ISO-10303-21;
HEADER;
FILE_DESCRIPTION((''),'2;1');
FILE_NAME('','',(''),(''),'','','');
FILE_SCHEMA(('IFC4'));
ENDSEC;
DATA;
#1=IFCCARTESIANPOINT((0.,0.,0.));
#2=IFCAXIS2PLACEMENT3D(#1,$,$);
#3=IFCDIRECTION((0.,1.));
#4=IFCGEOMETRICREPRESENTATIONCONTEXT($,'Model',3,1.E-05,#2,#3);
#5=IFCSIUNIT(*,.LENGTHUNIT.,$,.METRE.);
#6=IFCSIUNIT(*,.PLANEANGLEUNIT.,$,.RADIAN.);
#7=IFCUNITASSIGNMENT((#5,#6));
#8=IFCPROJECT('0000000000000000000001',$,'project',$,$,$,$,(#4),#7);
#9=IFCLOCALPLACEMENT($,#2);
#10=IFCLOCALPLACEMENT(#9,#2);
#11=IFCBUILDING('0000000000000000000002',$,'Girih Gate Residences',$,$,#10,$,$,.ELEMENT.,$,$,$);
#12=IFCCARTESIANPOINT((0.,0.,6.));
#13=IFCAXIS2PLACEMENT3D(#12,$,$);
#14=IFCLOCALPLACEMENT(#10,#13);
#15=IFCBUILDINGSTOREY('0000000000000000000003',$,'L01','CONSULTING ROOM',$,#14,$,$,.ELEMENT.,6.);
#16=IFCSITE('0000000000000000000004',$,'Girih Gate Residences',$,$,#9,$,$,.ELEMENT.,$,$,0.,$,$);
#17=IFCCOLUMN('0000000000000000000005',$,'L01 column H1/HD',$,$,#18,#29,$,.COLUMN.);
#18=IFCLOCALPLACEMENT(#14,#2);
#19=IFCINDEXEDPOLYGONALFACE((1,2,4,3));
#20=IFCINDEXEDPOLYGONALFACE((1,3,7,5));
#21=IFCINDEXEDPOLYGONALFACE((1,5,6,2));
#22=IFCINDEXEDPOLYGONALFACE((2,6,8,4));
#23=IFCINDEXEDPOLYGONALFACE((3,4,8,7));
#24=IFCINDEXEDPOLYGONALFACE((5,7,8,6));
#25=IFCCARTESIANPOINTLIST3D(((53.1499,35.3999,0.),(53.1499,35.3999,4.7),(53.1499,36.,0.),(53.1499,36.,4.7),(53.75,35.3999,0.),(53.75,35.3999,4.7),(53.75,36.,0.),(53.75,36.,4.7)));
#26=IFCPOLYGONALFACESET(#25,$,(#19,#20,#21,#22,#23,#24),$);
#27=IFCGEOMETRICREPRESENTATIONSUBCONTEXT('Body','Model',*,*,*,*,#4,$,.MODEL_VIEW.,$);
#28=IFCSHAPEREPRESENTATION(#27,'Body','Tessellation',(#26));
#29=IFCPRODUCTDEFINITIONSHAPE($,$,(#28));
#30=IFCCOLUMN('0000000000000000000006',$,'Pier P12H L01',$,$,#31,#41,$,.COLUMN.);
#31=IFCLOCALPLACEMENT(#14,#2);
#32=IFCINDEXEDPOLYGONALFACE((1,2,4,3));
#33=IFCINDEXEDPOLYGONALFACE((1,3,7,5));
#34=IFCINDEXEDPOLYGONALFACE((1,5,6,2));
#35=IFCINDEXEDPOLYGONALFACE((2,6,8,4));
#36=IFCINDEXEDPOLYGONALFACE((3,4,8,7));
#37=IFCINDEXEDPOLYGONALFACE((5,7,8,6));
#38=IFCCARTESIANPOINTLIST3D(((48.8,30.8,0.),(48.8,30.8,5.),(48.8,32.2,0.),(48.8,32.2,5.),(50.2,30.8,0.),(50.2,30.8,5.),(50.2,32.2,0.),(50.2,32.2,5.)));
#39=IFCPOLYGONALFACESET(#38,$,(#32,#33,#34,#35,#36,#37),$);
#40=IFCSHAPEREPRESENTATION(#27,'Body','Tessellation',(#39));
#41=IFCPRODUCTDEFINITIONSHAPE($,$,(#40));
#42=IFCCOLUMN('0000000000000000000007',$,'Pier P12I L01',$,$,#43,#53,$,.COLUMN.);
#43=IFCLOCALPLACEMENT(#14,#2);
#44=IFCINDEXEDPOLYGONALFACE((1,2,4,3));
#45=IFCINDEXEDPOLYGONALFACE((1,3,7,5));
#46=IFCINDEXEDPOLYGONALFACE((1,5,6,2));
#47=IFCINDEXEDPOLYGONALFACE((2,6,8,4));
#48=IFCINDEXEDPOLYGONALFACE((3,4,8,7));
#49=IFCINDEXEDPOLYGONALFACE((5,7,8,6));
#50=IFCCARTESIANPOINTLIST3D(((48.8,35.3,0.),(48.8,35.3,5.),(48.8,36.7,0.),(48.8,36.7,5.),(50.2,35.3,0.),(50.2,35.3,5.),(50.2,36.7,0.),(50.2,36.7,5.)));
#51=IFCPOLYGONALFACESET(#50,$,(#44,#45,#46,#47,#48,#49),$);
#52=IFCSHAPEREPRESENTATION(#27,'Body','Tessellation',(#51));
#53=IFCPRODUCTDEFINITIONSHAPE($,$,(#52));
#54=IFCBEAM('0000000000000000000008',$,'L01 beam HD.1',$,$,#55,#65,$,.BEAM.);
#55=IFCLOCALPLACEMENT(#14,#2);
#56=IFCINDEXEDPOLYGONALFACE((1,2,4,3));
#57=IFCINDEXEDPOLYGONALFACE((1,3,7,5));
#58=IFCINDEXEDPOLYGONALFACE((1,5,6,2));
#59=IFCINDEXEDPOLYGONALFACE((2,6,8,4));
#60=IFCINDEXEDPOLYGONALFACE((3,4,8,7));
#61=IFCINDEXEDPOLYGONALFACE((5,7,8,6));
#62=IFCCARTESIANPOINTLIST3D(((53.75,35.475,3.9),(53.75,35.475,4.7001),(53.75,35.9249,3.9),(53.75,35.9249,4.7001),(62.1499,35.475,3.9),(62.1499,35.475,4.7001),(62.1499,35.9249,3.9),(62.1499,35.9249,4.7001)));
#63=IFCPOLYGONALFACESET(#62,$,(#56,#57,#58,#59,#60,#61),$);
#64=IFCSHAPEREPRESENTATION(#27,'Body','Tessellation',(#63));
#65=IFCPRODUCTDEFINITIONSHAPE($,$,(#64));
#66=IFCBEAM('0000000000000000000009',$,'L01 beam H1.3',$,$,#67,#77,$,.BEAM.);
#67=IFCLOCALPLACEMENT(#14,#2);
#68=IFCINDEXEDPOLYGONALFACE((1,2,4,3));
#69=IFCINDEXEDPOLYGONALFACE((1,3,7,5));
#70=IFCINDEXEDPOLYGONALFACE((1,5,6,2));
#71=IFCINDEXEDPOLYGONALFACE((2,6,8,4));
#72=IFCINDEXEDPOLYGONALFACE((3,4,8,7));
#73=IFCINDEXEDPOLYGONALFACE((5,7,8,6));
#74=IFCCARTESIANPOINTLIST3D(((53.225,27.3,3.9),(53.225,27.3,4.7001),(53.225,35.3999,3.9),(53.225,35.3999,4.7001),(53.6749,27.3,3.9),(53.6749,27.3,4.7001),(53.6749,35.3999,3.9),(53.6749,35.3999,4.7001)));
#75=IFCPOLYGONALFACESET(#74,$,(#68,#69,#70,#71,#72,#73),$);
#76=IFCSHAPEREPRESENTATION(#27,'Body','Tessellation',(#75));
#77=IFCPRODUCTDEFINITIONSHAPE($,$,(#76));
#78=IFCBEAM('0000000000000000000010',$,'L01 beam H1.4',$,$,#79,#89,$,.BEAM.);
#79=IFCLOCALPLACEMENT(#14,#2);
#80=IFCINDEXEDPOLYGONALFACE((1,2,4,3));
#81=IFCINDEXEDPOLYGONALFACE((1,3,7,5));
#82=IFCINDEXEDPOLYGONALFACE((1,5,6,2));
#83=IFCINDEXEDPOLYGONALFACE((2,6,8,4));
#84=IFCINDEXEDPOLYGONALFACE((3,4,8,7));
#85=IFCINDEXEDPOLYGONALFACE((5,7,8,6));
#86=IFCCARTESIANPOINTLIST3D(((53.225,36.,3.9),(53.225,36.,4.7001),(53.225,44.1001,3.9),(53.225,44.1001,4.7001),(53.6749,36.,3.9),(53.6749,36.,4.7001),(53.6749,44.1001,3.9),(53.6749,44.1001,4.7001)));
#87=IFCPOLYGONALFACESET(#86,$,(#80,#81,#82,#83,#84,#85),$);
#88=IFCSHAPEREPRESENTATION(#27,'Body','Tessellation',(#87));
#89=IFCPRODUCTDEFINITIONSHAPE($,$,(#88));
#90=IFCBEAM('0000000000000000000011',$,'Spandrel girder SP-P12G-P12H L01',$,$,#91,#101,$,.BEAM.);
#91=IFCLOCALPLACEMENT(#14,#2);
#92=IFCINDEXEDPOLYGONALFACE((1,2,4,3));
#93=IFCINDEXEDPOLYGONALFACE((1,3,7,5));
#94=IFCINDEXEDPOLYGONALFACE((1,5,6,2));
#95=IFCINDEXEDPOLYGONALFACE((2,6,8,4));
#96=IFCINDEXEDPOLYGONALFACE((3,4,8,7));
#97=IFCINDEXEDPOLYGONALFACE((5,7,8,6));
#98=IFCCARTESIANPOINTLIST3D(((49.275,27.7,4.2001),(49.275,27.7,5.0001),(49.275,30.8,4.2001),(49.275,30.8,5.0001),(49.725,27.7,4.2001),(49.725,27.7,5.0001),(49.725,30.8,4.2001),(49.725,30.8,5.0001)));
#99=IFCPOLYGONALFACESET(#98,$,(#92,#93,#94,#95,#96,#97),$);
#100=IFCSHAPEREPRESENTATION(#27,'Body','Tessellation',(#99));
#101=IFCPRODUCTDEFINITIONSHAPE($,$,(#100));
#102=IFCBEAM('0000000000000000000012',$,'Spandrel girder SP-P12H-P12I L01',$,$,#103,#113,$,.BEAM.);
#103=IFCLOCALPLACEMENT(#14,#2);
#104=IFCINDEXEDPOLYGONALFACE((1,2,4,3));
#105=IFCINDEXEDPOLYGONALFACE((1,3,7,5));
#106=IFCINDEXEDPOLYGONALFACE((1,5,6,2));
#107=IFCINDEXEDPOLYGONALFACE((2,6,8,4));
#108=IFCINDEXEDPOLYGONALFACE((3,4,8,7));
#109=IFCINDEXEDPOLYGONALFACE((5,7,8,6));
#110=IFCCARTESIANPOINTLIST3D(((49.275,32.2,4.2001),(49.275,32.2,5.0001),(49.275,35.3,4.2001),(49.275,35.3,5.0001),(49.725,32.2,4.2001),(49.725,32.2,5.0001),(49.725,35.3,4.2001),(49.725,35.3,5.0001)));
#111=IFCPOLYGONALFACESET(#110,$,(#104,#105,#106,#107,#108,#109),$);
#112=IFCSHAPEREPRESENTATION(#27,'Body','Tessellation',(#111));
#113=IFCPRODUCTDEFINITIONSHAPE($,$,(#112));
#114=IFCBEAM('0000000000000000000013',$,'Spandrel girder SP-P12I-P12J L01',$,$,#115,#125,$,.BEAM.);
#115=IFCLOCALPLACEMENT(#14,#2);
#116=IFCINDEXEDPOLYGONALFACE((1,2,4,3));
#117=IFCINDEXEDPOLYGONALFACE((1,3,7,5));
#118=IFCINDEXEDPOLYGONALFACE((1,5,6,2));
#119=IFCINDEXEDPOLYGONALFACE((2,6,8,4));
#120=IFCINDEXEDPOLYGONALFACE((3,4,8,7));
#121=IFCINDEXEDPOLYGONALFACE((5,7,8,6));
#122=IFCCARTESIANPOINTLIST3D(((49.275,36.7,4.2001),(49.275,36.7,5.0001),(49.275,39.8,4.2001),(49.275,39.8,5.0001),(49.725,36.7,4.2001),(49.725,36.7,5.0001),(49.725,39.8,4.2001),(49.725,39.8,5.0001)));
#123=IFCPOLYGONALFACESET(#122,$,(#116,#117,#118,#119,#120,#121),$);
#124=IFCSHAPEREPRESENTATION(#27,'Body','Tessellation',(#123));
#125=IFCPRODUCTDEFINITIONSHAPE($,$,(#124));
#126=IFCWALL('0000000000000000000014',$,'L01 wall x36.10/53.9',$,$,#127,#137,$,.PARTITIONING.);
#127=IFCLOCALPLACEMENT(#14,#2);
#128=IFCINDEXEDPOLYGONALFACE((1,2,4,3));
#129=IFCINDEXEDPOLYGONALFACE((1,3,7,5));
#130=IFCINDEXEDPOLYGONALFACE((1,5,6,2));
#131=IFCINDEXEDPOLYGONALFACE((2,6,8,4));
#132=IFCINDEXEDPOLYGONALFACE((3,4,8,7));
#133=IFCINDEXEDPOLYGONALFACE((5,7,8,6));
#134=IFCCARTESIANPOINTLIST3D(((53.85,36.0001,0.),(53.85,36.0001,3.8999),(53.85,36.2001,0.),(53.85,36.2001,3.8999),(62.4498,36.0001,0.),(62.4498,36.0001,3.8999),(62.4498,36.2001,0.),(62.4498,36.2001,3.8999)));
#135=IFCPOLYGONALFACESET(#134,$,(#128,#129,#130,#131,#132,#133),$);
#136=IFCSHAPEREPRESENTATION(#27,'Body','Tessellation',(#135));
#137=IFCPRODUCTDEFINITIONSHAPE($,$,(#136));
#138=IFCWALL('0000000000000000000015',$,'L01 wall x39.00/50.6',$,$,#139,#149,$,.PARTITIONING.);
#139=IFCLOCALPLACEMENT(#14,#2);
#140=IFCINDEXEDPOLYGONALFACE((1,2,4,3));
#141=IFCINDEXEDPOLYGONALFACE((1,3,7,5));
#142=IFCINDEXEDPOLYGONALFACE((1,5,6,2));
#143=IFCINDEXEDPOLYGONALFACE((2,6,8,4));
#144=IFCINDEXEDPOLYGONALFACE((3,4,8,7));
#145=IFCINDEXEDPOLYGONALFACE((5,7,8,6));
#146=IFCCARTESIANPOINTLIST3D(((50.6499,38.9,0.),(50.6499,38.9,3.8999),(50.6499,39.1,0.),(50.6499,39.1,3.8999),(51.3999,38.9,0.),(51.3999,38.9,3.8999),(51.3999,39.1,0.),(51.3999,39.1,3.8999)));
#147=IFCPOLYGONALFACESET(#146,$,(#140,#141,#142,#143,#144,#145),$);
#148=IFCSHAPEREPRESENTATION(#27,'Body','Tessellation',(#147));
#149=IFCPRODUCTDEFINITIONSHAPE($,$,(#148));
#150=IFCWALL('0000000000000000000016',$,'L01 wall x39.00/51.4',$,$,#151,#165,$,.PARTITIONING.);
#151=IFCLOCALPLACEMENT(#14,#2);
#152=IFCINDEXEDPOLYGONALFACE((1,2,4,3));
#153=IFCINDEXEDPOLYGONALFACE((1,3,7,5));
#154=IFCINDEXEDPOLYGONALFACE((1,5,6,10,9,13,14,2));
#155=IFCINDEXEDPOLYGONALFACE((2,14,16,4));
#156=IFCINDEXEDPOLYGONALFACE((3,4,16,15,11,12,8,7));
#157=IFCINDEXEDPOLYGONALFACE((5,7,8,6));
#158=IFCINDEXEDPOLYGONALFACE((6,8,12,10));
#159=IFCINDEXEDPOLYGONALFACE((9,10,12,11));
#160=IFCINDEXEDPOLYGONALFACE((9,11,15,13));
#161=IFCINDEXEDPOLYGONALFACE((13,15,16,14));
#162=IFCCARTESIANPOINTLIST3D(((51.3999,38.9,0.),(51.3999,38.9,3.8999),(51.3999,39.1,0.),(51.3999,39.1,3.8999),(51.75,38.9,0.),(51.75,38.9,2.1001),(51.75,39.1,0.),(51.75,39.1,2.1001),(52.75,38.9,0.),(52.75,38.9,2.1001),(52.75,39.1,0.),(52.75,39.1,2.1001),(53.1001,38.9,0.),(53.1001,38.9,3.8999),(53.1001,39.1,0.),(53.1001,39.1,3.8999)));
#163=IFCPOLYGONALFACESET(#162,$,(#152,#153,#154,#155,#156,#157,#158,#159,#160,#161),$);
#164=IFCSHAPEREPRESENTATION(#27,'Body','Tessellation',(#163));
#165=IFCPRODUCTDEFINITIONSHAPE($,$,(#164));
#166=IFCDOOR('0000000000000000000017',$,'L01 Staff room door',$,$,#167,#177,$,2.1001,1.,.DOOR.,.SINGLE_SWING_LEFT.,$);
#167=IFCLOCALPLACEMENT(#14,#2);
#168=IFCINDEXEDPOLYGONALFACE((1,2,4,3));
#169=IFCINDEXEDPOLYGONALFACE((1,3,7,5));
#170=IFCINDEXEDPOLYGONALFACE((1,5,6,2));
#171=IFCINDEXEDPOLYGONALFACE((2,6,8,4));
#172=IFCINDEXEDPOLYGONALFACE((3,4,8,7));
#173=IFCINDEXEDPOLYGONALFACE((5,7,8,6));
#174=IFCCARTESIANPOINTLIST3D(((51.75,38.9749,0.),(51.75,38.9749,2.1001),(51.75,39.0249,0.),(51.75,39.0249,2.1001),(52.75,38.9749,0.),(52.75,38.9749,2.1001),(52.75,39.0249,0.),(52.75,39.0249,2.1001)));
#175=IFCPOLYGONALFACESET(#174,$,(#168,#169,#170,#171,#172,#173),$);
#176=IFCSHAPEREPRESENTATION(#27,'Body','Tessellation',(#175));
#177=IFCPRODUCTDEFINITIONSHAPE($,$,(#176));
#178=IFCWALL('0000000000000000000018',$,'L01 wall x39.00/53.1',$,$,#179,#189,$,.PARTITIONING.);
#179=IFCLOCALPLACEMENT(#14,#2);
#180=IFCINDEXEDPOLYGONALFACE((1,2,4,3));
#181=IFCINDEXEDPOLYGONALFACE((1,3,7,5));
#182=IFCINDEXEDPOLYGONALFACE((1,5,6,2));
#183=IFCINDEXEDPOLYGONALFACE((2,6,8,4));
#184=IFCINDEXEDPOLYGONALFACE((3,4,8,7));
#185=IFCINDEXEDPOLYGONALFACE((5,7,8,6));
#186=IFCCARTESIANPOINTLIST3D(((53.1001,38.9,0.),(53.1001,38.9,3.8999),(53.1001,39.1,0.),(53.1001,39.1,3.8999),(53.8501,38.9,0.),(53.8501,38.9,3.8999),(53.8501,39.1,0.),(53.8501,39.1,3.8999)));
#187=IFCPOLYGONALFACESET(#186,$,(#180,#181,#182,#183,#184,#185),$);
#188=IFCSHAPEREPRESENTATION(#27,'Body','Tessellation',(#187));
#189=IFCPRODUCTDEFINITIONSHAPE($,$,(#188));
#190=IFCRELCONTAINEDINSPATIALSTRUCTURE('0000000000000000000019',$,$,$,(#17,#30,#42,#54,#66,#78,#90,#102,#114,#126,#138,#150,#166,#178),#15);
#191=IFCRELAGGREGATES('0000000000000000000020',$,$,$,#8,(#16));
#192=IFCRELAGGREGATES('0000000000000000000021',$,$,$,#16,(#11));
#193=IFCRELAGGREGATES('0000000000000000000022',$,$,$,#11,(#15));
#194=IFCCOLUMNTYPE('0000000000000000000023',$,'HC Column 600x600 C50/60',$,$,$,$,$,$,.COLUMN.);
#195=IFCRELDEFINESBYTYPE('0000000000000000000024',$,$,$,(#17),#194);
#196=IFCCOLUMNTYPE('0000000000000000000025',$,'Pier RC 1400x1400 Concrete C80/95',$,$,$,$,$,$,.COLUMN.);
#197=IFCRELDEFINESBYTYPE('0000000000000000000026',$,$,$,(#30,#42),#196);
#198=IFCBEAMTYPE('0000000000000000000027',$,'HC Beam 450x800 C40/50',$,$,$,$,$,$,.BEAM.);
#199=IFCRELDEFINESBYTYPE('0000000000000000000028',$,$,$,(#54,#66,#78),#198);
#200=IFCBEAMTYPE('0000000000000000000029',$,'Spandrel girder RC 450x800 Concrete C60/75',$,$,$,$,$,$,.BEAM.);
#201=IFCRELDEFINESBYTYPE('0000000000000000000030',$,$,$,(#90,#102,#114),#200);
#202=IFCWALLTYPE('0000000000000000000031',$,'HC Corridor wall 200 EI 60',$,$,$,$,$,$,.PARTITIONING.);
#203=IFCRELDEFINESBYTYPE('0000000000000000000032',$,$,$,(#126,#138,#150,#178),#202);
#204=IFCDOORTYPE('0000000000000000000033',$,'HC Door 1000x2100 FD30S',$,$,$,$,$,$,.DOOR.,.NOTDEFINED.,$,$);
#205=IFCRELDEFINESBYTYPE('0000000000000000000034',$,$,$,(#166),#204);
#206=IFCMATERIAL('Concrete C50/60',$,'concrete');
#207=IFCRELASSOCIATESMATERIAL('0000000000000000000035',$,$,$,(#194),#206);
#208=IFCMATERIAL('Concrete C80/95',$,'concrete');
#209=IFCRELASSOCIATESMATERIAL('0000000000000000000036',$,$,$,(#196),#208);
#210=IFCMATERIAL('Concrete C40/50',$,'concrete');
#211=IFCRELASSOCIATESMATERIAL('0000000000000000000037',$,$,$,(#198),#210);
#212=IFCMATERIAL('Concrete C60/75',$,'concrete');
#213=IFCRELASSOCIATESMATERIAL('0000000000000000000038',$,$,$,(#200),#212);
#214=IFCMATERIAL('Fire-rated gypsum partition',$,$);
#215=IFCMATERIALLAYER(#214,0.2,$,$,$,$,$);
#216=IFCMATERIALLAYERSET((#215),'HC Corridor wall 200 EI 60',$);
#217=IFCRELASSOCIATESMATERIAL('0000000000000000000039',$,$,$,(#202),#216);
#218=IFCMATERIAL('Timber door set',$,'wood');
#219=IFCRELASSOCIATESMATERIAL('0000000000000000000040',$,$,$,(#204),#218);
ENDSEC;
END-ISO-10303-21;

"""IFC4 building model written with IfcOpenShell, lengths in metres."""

from ifc_helpers import new_model, si_unit, direction, frame, frame_2d, origin, origin_2d, place, context, subcontext, project, spatial, rectangle, extrude, material, layer, layer_set, material_profile, profile_set, type_object, element, fill, save


model = new_model("IFC4")

# Units and contexts
model_context = context("Model", 3, precision=1e-05, world=origin(), true_north=direction((0.0, 1.0)))
body_context = subcontext(model_context, "Body", "Model", "MODEL_VIEW")
ifc_project = project(units=[si_unit("LENGTHUNIT", "METRE"), si_unit("PLANEANGLEUNIT", "RADIAN")], contexts=[model_context])

# Site, building, storey
site_placement = place(None, origin())
site = spatial("IfcSite", under=ifc_project, at=site_placement, Name="Girih Gate Residences", CompositionType="ELEMENT", RefElevation=0.0)
building_placement = place(site_placement, origin())
building = spatial("IfcBuilding", under=site, at=building_placement, Name="Girih Gate Residences", CompositionType="ELEMENT")
storey_placement = place(building_placement, frame((0.0, 0.0, 6.0)))
storey = spatial("IfcBuildingStorey", under=building, at=storey_placement, Name="L01", Description="CONSULTING ROOM", CompositionType="ELEMENT", Elevation=6.0)

# Columns
ifc_material_1 = material(Name="Concrete C50/60", Category="concrete")
ifc_material_profile_1 = material_profile(ifc_material_1, rectangle(XDim=0.6001, YDim=0.6001, at=origin_2d()))
ifc_profile_set_1 = profile_set([ifc_material_profile_1], Name="Concrete C50/60")
column_type_1 = type_object("IfcColumnType", Name="HC Column 600x600 C50/60", PredefinedType="COLUMN", material=ifc_profile_set_1)
column_placement = place(storey_placement, frame((53.45, 35.7, 0.0), z_axis=(0.0, 0.0, 1.0), x_axis=(1.0, 0.0, 0.0)))
element("IfcColumn", 1, at=column_placement, inside=storey, type_object=column_type_1, Name="L01 column H1/HD", PredefinedType="COLUMN", context=body_context, shape_type="SweptSolid", body=[
    extrude(rectangle(XDim=0.6001, YDim=0.6001, at=origin_2d()), origin(), (0.0, 0.0, 1.0), 4.7),
])
ifc_material_2 = material(Name="Concrete C80/95", Category="concrete")
ifc_material_profile_2 = material_profile(ifc_material_2, rectangle(XDim=1.3999, YDim=1.3999, at=origin_2d()))
ifc_profile_set_2 = profile_set([ifc_material_profile_2], Name="Concrete C80/95")
column_type_2 = type_object("IfcColumnType", Name="Pier RC 1400x1400 Concrete C80/95", PredefinedType="COLUMN", material=ifc_profile_set_2)
for number, where, z_axis, x_axis, name in (
    (2, (49.5, 31.5, 0.0), (0.0, 0.0, 1.0), (1.0, 0.0, 0.0), "Pier P12H L01"),
    (3, (49.5, 36.0, 0.0), (0.0, 0.0, 1.0), (1.0, 0.0, 0.0), "Pier P12I L01"),
):
    element("IfcColumn", number, at=place(storey_placement, frame(where, z_axis=z_axis, x_axis=x_axis)), inside=storey, type_object=column_type_2, Name=name, PredefinedType="COLUMN", context=body_context, shape_type="SweptSolid", body=[
        extrude(rectangle(XDim=1.3999, YDim=1.3999, at=origin_2d()), origin(), (0.0, 0.0, 1.0), 5.0),
    ])

# Beams
ifc_material_3 = material(Name="Concrete C40/50", Category="concrete")
ifc_material_profile_3 = material_profile(ifc_material_3, rectangle(XDim=0.45, YDim=0.8, at=origin_2d()))
ifc_profile_set_3 = profile_set([ifc_material_profile_3], Name="Concrete C40/50")
beam_type_1 = type_object("IfcBeamType", Name="HC Beam 450x800 C40/50", PredefinedType="BEAM", material=ifc_profile_set_3)
beam_1_placement = place(storey_placement, frame((53.75, 35.7, 4.3), z_axis=(1.0, 0.0, 0.0), x_axis=(0.0, 1.0, 0.0)))
element("IfcBeam", 4, at=beam_1_placement, inside=storey, type_object=beam_type_1, Name="L01 beam HD.1", PredefinedType="BEAM", context=body_context, shape_type="SweptSolid", body=[
    extrude(rectangle(XDim=0.45, YDim=0.8, at=origin_2d()), origin(), (0.0, 0.0, 1.0), 8.3999),
])
beam_2_placement = place(storey_placement, frame((53.45, 27.3, 4.3), z_axis=(0.0, 1.0, 0.0), x_axis=(-1.0, 0.0, 0.0)))
element("IfcBeam", 5, at=beam_2_placement, inside=storey, type_object=beam_type_1, Name="L01 beam H1.3", PredefinedType="BEAM", context=body_context, shape_type="SweptSolid", body=[
    extrude(rectangle(XDim=0.45, YDim=0.8, at=origin_2d()), origin(), (0.0, 0.0, 1.0), 8.0999),
])
beam_3_placement = place(storey_placement, frame((53.45, 36.0, 4.3), z_axis=(0.0, 1.0, 0.0), x_axis=(-1.0, 0.0, 0.0)))
element("IfcBeam", 6, at=beam_3_placement, inside=storey, type_object=beam_type_1, Name="L01 beam H1.4", PredefinedType="BEAM", context=body_context, shape_type="SweptSolid", body=[
    extrude(rectangle(XDim=0.45, YDim=0.8, at=origin_2d()), origin(), (0.0, 0.0, 1.0), 8.1001),
])
ifc_material_4 = material(Name="Concrete C60/75", Category="concrete")
ifc_material_profile_4 = material_profile(ifc_material_4, rectangle(XDim=0.45, YDim=0.8, at=origin_2d()))
ifc_profile_set_4 = profile_set([ifc_material_profile_4], Name="Concrete C60/75")
beam_type_2 = type_object("IfcBeamType", Name="Spandrel girder RC 450x800 Concrete C60/75", PredefinedType="BEAM", material=ifc_profile_set_4)
for number, where, z_axis, x_axis, name in (
    (7, (49.5, 27.7, 4.6001), (0.0, 1.0, 0.0), (-1.0, 0.0, 0.0), "Spandrel girder SP-P12G-P12H L01"),
    (8, (49.5, 32.2, 4.6001), (0.0, 1.0, 0.0), (-1.0, 0.0, 0.0), "Spandrel girder SP-P12H-P12I L01"),
    (9, (49.5, 36.7, 4.6001), (0.0, 1.0, 0.0), (-1.0, 0.0, 0.0), "Spandrel girder SP-P12I-P12J L01"),
):
    element("IfcBeam", number, at=place(storey_placement, frame(where, z_axis=z_axis, x_axis=x_axis)), inside=storey, type_object=beam_type_2, Name=name, PredefinedType="BEAM", context=body_context, shape_type="SweptSolid", body=[
        extrude(rectangle(XDim=0.45, YDim=0.8, at=origin_2d()), origin(), (0.0, 0.0, 1.0), 3.1001),
    ])

# Walls
ifc_material_5 = material(Name="Fire-rated gypsum partition")
ifc_layer_1 = layer(ifc_material_5, 0.2)
ifc_layer_set_1 = layer_set([ifc_layer_1], Name="HC Corridor wall 200 EI 60")
wall_type_1 = type_object("IfcWallType", Name="HC Corridor wall 200 EI 60", PredefinedType="PARTITIONING", material=ifc_layer_set_1)
wall_1_placement = place(storey_placement, frame((53.8501, 36.1001, 0.0), z_axis=(0.0, 0.0, 1.0), x_axis=(1.0, 0.0, 0.0)))
element("IfcWall", 10, at=wall_1_placement, inside=storey, type_object=wall_type_1, Name="L01 wall x36.10/53.9", PredefinedType="PARTITIONING", context=body_context, shape_type="SweptSolid", body=[
    extrude(rectangle(XDim=8.5999, YDim=0.2, at=frame_2d((4.2998, 0.0))), origin(), (0.0, 0.0, 1.0), 3.8999),
])
wall_2_placement = place(storey_placement, frame((50.6499, 39.0, 0.0), z_axis=(0.0, 0.0, 1.0), x_axis=(1.0, 0.0, 0.0)))
element("IfcWall", 11, at=wall_2_placement, inside=storey, type_object=wall_type_1, Name="L01 wall x39.00/50.6", PredefinedType="PARTITIONING", context=body_context, shape_type="SweptSolid", body=[
    extrude(rectangle(XDim=0.75, YDim=0.2, at=frame_2d((0.375, 0.0))), origin(), (0.0, 0.0, 1.0), 3.8999),
])

# Wall, opening, door
wall_3_placement = place(storey_placement, frame((51.3999, 39.0, 0.0), z_axis=(0.0, 0.0, 1.0), x_axis=(1.0, 0.0, 0.0)))
wall_3 = element("IfcWall", 12, at=wall_3_placement, inside=storey, type_object=wall_type_1, Name="L01 wall x39.00/51.4", PredefinedType="PARTITIONING", context=body_context, shape_type="SweptSolid", body=[
    extrude(rectangle(XDim=1.7002, YDim=0.2, at=frame_2d((0.8501, 0.0))), origin(), (0.0, 0.0, 1.0), 3.8999),
])
opening_1_placement = place(wall_3_placement, frame((0.3501, 0.0, 0.0)))
opening_1 = element("IfcOpeningElement", 13, at=opening_1_placement, cuts=wall_3, PredefinedType="OPENING", context=body_context, shape_type="SweptSolid", body=[
    extrude(rectangle(XDim=1.0, YDim=2.1001, at=frame_2d((0.5, 1.05))), frame((0.0, 0.1099, 0.0), z_axis=(0.0, -1.0, 0.0), x_axis=(1.0, 0.0, 0.0)), (0.0, 0.0, 1.0), 0.22),
])
ifc_material_6 = material(Name="Timber door set", Category="wood")
door_type = type_object("IfcDoorType", Name="HC Door 1000x2100 FD30S", OperationType="NOTDEFINED", PredefinedType="DOOR", material=ifc_material_6)
door_1_placement = place(opening_1_placement, origin())
door_1 = element("IfcDoor", 14, at=door_1_placement, inside=storey, type_object=door_type, Name="L01 Staff room door", OperationType="SINGLE_SWING_LEFT", OverallHeight=2.1001, OverallWidth=1.0, PredefinedType="DOOR", context=body_context, shape_type="SweptSolid", body=[
    extrude(rectangle(XDim=1.0, YDim=2.1001, at=frame_2d((0.5, 1.05))), frame((0.0, 0.0249, 0.0), z_axis=(0.0, -1.0, 0.0), x_axis=(1.0, 0.0, 0.0)), (0.0, 0.0, 1.0), 0.05),
])
fill(opening_1, door_1)

# Wall
wall_4_placement = place(storey_placement, frame((53.1001, 39.0, 0.0), z_axis=(0.0, 0.0, 1.0), x_axis=(1.0, 0.0, 0.0)))
element("IfcWall", 15, at=wall_4_placement, inside=storey, type_object=wall_type_1, Name="L01 wall x39.00/53.1", PredefinedType="PARTITIONING", context=body_context, shape_type="SweptSolid", body=[
    extrude(rectangle(XDim=0.75, YDim=0.2, at=frame_2d((0.375, 0.0))), origin(), (0.0, 0.0, 1.0), 3.8999),
])

save(model, "model.ifc")
